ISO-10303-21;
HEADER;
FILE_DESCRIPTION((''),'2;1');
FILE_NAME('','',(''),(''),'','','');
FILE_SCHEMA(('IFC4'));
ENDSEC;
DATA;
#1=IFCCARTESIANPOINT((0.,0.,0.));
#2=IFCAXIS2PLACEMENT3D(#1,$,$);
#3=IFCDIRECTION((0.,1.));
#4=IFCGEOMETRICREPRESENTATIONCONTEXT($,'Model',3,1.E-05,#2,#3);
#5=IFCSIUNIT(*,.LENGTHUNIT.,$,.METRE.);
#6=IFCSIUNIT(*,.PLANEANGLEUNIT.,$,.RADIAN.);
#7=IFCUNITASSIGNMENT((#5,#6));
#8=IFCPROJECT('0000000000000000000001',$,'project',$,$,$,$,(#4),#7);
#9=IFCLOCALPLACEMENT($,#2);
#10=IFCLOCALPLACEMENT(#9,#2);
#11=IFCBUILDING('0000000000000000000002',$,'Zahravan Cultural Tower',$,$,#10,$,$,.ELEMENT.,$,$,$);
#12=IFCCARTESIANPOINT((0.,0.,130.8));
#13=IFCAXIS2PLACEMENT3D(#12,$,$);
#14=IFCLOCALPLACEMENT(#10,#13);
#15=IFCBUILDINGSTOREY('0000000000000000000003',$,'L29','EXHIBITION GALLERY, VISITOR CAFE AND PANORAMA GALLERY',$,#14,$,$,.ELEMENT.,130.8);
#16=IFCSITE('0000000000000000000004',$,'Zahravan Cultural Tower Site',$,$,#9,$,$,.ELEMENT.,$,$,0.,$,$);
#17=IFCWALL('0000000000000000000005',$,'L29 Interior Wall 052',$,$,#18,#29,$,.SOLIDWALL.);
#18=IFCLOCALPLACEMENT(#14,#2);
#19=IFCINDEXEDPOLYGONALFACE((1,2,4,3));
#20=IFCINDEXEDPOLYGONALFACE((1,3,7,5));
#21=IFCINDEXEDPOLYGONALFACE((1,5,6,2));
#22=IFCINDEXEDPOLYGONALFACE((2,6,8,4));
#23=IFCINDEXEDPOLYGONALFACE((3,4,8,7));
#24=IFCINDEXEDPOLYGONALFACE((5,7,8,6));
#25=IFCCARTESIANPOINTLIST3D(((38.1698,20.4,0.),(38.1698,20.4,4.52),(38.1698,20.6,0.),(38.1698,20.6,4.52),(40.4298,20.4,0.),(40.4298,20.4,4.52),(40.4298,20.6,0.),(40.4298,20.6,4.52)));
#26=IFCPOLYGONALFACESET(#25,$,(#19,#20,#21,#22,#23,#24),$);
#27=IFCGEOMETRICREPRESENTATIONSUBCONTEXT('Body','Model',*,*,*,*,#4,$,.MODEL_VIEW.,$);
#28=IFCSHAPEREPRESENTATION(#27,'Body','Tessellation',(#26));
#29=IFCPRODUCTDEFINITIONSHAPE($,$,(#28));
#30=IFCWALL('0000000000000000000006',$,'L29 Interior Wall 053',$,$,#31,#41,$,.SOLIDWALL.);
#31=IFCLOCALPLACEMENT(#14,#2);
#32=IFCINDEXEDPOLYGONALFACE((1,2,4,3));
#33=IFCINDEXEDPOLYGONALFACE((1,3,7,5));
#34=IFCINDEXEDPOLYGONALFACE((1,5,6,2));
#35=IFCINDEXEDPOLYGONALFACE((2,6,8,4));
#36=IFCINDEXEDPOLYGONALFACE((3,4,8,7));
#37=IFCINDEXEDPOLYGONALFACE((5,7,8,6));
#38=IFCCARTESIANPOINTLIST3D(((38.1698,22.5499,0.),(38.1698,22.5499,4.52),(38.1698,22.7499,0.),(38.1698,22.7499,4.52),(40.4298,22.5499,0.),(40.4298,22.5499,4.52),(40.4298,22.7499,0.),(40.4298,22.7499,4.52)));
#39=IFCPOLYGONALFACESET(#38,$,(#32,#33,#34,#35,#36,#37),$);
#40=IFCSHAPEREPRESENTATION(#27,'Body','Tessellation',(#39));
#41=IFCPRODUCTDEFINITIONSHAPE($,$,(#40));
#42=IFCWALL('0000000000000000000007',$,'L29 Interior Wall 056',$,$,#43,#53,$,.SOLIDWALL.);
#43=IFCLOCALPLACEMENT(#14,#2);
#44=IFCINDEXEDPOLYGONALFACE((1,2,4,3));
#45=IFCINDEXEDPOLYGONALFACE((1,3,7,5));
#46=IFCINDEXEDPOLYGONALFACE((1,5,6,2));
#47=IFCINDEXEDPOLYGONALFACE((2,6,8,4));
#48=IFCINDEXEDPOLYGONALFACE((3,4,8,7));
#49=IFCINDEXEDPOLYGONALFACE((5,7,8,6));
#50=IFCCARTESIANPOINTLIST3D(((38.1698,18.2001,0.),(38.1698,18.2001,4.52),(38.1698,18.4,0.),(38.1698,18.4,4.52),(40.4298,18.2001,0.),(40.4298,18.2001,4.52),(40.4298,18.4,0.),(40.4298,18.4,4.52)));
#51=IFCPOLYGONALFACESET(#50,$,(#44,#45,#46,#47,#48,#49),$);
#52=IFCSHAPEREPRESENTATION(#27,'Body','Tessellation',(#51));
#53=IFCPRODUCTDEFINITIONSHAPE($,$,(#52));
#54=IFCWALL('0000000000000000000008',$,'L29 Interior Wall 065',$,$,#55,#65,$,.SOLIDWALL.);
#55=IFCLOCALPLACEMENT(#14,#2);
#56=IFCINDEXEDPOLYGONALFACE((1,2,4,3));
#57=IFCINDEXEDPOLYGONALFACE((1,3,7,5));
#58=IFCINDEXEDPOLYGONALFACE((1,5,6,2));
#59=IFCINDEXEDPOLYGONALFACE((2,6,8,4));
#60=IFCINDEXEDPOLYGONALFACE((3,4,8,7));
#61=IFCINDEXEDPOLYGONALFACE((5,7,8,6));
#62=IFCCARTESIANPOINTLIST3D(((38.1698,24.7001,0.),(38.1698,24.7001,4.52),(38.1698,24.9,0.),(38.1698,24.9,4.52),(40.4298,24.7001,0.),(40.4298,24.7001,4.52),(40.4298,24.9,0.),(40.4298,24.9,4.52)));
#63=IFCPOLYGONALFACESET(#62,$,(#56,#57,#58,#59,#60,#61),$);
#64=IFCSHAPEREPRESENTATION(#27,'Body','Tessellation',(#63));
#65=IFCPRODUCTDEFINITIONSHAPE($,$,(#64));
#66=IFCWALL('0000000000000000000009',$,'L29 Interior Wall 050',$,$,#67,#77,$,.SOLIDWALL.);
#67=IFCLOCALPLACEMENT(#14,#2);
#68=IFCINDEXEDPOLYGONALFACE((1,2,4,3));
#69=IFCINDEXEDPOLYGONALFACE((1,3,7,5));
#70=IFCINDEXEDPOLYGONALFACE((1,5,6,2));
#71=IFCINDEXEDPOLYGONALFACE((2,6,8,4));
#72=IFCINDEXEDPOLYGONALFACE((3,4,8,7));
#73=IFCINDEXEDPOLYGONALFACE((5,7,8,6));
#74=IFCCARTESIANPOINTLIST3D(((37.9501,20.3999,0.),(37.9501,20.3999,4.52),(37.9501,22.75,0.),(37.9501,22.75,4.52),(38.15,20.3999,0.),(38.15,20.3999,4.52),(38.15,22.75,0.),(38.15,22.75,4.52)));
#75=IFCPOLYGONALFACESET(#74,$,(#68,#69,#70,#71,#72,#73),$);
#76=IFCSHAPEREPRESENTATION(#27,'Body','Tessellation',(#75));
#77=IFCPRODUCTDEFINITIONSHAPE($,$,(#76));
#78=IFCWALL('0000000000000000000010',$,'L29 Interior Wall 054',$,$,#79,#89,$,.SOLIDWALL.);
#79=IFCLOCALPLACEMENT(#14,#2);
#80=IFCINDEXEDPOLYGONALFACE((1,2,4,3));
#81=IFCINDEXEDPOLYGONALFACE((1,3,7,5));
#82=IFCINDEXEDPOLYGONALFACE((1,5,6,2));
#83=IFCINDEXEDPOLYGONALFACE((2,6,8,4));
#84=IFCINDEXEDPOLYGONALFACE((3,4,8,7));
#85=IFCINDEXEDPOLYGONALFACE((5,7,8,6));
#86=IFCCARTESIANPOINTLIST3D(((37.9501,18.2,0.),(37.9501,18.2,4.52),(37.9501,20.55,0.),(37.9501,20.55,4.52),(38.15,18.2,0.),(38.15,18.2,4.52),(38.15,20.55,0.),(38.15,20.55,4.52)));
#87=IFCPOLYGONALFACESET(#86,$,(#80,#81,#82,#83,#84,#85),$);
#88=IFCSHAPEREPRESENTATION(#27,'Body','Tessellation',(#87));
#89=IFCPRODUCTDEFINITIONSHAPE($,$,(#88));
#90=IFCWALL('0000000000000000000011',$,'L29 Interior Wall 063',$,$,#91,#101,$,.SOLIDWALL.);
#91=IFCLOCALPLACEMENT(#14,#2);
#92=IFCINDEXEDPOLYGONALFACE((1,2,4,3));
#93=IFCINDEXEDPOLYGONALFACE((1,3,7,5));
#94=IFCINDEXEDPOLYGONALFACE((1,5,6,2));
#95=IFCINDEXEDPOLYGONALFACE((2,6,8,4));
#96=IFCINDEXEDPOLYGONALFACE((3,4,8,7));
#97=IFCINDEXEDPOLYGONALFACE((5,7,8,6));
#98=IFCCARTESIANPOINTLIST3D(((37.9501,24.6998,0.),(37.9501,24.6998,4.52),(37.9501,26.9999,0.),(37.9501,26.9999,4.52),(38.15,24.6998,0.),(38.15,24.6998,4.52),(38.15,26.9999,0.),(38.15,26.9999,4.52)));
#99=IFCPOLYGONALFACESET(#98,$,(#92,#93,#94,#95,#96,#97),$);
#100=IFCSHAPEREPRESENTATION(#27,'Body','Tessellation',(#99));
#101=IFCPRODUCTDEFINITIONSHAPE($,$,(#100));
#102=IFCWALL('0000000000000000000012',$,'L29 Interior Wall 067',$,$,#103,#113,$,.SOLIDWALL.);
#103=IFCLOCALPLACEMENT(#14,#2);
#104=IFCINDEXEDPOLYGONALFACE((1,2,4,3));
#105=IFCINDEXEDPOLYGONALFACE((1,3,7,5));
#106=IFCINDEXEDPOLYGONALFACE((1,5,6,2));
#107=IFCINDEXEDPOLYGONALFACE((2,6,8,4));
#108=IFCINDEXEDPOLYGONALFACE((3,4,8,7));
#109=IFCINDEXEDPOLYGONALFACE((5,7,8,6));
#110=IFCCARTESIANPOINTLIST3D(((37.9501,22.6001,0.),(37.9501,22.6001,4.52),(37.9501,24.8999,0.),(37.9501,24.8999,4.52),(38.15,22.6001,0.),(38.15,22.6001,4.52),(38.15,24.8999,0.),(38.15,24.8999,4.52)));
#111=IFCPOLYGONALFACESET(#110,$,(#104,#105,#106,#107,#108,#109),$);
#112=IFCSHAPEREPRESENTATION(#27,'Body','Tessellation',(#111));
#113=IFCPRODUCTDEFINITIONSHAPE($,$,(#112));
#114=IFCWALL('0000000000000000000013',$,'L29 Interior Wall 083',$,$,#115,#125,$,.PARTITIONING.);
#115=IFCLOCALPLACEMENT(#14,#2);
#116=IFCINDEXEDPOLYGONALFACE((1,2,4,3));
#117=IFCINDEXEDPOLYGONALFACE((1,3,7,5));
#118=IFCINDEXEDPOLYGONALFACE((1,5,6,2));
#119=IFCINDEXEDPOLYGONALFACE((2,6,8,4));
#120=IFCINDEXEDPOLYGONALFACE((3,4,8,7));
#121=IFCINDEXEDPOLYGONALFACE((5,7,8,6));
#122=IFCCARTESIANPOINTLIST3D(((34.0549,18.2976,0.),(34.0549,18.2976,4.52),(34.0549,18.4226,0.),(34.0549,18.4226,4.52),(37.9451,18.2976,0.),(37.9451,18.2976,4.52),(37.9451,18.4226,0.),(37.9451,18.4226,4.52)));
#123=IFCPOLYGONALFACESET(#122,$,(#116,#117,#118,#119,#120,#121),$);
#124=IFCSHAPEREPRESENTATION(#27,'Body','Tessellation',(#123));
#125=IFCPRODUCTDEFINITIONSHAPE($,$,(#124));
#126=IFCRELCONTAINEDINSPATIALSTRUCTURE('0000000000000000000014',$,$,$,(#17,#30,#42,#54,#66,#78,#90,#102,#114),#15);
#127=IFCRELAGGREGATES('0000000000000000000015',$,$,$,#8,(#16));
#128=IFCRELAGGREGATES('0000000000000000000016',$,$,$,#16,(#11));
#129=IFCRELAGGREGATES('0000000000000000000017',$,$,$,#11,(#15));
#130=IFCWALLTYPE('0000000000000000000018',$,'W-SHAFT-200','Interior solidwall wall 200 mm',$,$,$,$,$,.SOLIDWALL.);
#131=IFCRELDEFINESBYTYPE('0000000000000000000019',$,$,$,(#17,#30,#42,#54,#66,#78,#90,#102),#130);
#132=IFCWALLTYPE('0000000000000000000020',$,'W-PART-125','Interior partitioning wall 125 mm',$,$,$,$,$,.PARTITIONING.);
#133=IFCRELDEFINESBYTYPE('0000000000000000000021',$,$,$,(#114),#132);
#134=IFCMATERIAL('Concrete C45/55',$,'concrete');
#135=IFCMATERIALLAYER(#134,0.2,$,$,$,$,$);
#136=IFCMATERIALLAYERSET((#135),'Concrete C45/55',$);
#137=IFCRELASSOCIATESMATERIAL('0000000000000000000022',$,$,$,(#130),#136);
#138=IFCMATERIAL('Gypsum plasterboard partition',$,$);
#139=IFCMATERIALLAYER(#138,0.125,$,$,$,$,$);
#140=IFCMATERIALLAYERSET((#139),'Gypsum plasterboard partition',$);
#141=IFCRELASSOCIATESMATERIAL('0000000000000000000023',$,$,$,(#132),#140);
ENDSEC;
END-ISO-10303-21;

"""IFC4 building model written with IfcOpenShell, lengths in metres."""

from ifc_helpers import new_model, si_unit, direction, frame, frame_2d, origin, place, context, subcontext, project, spatial, rectangle, extrude, source, transform, mapped, material, layer, layer_set, type_object, element, save


model = new_model("IFC4")

# Units and contexts
model_context = context("Model", 3, precision=1e-05, world=origin(), true_north=direction((0.0, 1.0)))
body_context = subcontext(model_context, "Body", "Model", "MODEL_VIEW")
ifc_project = project(units=[si_unit("LENGTHUNIT", "METRE"), si_unit("PLANEANGLEUNIT", "RADIAN")], contexts=[model_context])

# Site, building, storey
site_placement = place(None, origin())
site = spatial("IfcSite", under=ifc_project, at=site_placement, Name="Zahravan Cultural Tower Site", CompositionType="ELEMENT", RefElevation=0.0)
building_placement = place(site_placement, origin())
building = spatial("IfcBuilding", under=site, at=building_placement, Name="Zahravan Cultural Tower", CompositionType="ELEMENT")
storey_placement = place(building_placement, frame((0.0, 0.0, 130.8)))
storey = spatial("IfcBuildingStorey", under=building, at=storey_placement, Name="L29", Description="EXHIBITION GALLERY, VISITOR CAFE AND PANORAMA GALLERY", CompositionType="ELEMENT", Elevation=130.8)

# Shared definitions
ifc_material_1 = material(Name="Concrete C45/55", Category="concrete")
ifc_layer_1 = layer(ifc_material_1, 0.2)
ifc_layer_set_1 = layer_set([ifc_layer_1], Name="Concrete C45/55")
wall_type_1 = type_object("IfcWallType", Name="W-SHAFT-200", Description="Interior solidwall wall 200 mm", PredefinedType="SOLIDWALL", material=ifc_layer_set_1)

# Walls
ifc_material_2 = material(Name="Gypsum plasterboard partition")
shared_shape_1 = source(origin(), body_context, "Body", "SweptSolid", [
    extrude(rectangle(XDim=2.26, YDim=0.2, at=frame_2d((1.1299, 0.0))), origin(), (0.0, 0.0, 1.0), 4.52),
])
for number, where, z_axis, x_axis, name in (
    (1, (38.1699, 20.5, 0.0), (0.0, 0.0, 1.0), (1.0, 0.0, 0.0), "L29 Interior Wall 052"),
    (2, (38.1699, 22.6499, 0.0), (0.0, 0.0, 1.0), (1.0, 0.0, 0.0), "L29 Interior Wall 053"),
    (3, (38.1699, 18.3, 0.0), (0.0, 0.0, 1.0), (1.0, 0.0, 0.0), "L29 Interior Wall 056"),
    (4, (38.1699, 24.8, 0.0), (0.0, 0.0, 1.0), (1.0, 0.0, 0.0), "L29 Interior Wall 065"),
):
    element("IfcWall", number, at=place(storey_placement, frame(where, z_axis=z_axis, x_axis=x_axis)), inside=storey, type_object=wall_type_1, Name=name, PredefinedType="SOLIDWALL", context=body_context, shape_type="MappedRepresentation", body=[
        mapped(shared_shape_1, transform((0.0, 0.0, 0.0), x_axis=(1.0, 0.0, 0.0), y_axis=(0.0, 1.0, 0.0), z_axis=(0.0, 0.0, 1.0), scale=1.0)),
    ])
shared_shape_2 = source(origin(), body_context, "Body", "SweptSolid", [
    extrude(rectangle(XDim=2.3501, YDim=0.2, at=frame_2d((1.175, 0.0))), origin(), (0.0, 0.0, 1.0), 4.52),
])
for number, where, z_axis, x_axis, name in (
    (5, (38.05, 20.3999, 0.0), (0.0, 0.0, 1.0), (0.0, 1.0, 0.0), "L29 Interior Wall 050"),
    (6, (38.05, 18.2, 0.0), (0.0, 0.0, 1.0), (0.0, 1.0, 0.0), "L29 Interior Wall 054"),
):
    element("IfcWall", number, at=place(storey_placement, frame(where, z_axis=z_axis, x_axis=x_axis)), inside=storey, type_object=wall_type_1, Name=name, PredefinedType="SOLIDWALL", context=body_context, shape_type="MappedRepresentation", body=[
        mapped(shared_shape_2, transform((0.0, 0.0, 0.0), x_axis=(1.0, 0.0, 0.0), y_axis=(0.0, 1.0, 0.0), z_axis=(0.0, 0.0, 1.0), scale=1.0)),
    ])
shared_shape_3 = source(origin(), body_context, "Body", "SweptSolid", [
    extrude(rectangle(XDim=2.3, YDim=0.2, at=frame_2d((1.1499, 0.0))), origin(), (0.0, 0.0, 1.0), 4.52),
])
wall_1_placement = place(storey_placement, frame((38.05, 24.7, 0.0), z_axis=(0.0, 0.0, 1.0), x_axis=(0.0, 1.0, 0.0)))
element("IfcWall", 7, at=wall_1_placement, inside=storey, type_object=wall_type_1, Name="L29 Interior Wall 063", PredefinedType="SOLIDWALL", context=body_context, shape_type="MappedRepresentation", body=[
    mapped(shared_shape_3, transform((0.0, 0.0, 0.0), x_axis=(1.0, 0.0, 0.0), y_axis=(0.0, 1.0, 0.0), z_axis=(0.0, 0.0, 1.0), scale=1.0)),
])
shared_shape_4 = source(origin(), body_context, "Body", "SweptSolid", [
    extrude(rectangle(XDim=2.2998, YDim=0.2, at=frame_2d((1.1499, 0.0))), origin(), (0.0, 0.0, 1.0), 4.52),
])
wall_2_placement = place(storey_placement, frame((38.05, 22.6001, 0.0), z_axis=(0.0, 0.0, 1.0), x_axis=(0.0, 1.0, 0.0)))
element("IfcWall", 8, at=wall_2_placement, inside=storey, type_object=wall_type_1, Name="L29 Interior Wall 067", PredefinedType="SOLIDWALL", context=body_context, shape_type="MappedRepresentation", body=[
    mapped(shared_shape_4, transform((0.0, 0.0, 0.0), x_axis=(1.0, 0.0, 0.0), y_axis=(0.0, 1.0, 0.0), z_axis=(0.0, 0.0, 1.0), scale=1.0)),
])
ifc_layer_2 = layer(ifc_material_2, 0.125)
ifc_layer_set_2 = layer_set([ifc_layer_2], Name="Gypsum plasterboard partition")
wall_type_2 = type_object("IfcWallType", Name="W-PART-125", Description="Interior partitioning wall 125 mm", PredefinedType="PARTITIONING", material=ifc_layer_set_2)
shared_shape_5 = source(origin(), body_context, "Body", "SweptSolid", [
    extrude(rectangle(XDim=3.8901, YDim=0.125, at=frame_2d((1.9451, 0.0))), origin(), (0.0, 0.0, 1.0), 4.52),
])
wall_3_placement = place(storey_placement, frame((37.9451, 18.3601, 0.0), z_axis=(0.0, 0.0, 1.0), x_axis=(-1.0, 0.0, 0.0)))
element("IfcWall", 9, at=wall_3_placement, inside=storey, type_object=wall_type_2, Name="L29 Interior Wall 083", PredefinedType="PARTITIONING", context=body_context, shape_type="MappedRepresentation", body=[
    mapped(shared_shape_5, transform((0.0, 0.0, 0.0), x_axis=(1.0, 0.0, 0.0), y_axis=(0.0, 1.0, 0.0), z_axis=(0.0, 0.0, 1.0), scale=1.0)),
])

save(model, "model.ifc")
